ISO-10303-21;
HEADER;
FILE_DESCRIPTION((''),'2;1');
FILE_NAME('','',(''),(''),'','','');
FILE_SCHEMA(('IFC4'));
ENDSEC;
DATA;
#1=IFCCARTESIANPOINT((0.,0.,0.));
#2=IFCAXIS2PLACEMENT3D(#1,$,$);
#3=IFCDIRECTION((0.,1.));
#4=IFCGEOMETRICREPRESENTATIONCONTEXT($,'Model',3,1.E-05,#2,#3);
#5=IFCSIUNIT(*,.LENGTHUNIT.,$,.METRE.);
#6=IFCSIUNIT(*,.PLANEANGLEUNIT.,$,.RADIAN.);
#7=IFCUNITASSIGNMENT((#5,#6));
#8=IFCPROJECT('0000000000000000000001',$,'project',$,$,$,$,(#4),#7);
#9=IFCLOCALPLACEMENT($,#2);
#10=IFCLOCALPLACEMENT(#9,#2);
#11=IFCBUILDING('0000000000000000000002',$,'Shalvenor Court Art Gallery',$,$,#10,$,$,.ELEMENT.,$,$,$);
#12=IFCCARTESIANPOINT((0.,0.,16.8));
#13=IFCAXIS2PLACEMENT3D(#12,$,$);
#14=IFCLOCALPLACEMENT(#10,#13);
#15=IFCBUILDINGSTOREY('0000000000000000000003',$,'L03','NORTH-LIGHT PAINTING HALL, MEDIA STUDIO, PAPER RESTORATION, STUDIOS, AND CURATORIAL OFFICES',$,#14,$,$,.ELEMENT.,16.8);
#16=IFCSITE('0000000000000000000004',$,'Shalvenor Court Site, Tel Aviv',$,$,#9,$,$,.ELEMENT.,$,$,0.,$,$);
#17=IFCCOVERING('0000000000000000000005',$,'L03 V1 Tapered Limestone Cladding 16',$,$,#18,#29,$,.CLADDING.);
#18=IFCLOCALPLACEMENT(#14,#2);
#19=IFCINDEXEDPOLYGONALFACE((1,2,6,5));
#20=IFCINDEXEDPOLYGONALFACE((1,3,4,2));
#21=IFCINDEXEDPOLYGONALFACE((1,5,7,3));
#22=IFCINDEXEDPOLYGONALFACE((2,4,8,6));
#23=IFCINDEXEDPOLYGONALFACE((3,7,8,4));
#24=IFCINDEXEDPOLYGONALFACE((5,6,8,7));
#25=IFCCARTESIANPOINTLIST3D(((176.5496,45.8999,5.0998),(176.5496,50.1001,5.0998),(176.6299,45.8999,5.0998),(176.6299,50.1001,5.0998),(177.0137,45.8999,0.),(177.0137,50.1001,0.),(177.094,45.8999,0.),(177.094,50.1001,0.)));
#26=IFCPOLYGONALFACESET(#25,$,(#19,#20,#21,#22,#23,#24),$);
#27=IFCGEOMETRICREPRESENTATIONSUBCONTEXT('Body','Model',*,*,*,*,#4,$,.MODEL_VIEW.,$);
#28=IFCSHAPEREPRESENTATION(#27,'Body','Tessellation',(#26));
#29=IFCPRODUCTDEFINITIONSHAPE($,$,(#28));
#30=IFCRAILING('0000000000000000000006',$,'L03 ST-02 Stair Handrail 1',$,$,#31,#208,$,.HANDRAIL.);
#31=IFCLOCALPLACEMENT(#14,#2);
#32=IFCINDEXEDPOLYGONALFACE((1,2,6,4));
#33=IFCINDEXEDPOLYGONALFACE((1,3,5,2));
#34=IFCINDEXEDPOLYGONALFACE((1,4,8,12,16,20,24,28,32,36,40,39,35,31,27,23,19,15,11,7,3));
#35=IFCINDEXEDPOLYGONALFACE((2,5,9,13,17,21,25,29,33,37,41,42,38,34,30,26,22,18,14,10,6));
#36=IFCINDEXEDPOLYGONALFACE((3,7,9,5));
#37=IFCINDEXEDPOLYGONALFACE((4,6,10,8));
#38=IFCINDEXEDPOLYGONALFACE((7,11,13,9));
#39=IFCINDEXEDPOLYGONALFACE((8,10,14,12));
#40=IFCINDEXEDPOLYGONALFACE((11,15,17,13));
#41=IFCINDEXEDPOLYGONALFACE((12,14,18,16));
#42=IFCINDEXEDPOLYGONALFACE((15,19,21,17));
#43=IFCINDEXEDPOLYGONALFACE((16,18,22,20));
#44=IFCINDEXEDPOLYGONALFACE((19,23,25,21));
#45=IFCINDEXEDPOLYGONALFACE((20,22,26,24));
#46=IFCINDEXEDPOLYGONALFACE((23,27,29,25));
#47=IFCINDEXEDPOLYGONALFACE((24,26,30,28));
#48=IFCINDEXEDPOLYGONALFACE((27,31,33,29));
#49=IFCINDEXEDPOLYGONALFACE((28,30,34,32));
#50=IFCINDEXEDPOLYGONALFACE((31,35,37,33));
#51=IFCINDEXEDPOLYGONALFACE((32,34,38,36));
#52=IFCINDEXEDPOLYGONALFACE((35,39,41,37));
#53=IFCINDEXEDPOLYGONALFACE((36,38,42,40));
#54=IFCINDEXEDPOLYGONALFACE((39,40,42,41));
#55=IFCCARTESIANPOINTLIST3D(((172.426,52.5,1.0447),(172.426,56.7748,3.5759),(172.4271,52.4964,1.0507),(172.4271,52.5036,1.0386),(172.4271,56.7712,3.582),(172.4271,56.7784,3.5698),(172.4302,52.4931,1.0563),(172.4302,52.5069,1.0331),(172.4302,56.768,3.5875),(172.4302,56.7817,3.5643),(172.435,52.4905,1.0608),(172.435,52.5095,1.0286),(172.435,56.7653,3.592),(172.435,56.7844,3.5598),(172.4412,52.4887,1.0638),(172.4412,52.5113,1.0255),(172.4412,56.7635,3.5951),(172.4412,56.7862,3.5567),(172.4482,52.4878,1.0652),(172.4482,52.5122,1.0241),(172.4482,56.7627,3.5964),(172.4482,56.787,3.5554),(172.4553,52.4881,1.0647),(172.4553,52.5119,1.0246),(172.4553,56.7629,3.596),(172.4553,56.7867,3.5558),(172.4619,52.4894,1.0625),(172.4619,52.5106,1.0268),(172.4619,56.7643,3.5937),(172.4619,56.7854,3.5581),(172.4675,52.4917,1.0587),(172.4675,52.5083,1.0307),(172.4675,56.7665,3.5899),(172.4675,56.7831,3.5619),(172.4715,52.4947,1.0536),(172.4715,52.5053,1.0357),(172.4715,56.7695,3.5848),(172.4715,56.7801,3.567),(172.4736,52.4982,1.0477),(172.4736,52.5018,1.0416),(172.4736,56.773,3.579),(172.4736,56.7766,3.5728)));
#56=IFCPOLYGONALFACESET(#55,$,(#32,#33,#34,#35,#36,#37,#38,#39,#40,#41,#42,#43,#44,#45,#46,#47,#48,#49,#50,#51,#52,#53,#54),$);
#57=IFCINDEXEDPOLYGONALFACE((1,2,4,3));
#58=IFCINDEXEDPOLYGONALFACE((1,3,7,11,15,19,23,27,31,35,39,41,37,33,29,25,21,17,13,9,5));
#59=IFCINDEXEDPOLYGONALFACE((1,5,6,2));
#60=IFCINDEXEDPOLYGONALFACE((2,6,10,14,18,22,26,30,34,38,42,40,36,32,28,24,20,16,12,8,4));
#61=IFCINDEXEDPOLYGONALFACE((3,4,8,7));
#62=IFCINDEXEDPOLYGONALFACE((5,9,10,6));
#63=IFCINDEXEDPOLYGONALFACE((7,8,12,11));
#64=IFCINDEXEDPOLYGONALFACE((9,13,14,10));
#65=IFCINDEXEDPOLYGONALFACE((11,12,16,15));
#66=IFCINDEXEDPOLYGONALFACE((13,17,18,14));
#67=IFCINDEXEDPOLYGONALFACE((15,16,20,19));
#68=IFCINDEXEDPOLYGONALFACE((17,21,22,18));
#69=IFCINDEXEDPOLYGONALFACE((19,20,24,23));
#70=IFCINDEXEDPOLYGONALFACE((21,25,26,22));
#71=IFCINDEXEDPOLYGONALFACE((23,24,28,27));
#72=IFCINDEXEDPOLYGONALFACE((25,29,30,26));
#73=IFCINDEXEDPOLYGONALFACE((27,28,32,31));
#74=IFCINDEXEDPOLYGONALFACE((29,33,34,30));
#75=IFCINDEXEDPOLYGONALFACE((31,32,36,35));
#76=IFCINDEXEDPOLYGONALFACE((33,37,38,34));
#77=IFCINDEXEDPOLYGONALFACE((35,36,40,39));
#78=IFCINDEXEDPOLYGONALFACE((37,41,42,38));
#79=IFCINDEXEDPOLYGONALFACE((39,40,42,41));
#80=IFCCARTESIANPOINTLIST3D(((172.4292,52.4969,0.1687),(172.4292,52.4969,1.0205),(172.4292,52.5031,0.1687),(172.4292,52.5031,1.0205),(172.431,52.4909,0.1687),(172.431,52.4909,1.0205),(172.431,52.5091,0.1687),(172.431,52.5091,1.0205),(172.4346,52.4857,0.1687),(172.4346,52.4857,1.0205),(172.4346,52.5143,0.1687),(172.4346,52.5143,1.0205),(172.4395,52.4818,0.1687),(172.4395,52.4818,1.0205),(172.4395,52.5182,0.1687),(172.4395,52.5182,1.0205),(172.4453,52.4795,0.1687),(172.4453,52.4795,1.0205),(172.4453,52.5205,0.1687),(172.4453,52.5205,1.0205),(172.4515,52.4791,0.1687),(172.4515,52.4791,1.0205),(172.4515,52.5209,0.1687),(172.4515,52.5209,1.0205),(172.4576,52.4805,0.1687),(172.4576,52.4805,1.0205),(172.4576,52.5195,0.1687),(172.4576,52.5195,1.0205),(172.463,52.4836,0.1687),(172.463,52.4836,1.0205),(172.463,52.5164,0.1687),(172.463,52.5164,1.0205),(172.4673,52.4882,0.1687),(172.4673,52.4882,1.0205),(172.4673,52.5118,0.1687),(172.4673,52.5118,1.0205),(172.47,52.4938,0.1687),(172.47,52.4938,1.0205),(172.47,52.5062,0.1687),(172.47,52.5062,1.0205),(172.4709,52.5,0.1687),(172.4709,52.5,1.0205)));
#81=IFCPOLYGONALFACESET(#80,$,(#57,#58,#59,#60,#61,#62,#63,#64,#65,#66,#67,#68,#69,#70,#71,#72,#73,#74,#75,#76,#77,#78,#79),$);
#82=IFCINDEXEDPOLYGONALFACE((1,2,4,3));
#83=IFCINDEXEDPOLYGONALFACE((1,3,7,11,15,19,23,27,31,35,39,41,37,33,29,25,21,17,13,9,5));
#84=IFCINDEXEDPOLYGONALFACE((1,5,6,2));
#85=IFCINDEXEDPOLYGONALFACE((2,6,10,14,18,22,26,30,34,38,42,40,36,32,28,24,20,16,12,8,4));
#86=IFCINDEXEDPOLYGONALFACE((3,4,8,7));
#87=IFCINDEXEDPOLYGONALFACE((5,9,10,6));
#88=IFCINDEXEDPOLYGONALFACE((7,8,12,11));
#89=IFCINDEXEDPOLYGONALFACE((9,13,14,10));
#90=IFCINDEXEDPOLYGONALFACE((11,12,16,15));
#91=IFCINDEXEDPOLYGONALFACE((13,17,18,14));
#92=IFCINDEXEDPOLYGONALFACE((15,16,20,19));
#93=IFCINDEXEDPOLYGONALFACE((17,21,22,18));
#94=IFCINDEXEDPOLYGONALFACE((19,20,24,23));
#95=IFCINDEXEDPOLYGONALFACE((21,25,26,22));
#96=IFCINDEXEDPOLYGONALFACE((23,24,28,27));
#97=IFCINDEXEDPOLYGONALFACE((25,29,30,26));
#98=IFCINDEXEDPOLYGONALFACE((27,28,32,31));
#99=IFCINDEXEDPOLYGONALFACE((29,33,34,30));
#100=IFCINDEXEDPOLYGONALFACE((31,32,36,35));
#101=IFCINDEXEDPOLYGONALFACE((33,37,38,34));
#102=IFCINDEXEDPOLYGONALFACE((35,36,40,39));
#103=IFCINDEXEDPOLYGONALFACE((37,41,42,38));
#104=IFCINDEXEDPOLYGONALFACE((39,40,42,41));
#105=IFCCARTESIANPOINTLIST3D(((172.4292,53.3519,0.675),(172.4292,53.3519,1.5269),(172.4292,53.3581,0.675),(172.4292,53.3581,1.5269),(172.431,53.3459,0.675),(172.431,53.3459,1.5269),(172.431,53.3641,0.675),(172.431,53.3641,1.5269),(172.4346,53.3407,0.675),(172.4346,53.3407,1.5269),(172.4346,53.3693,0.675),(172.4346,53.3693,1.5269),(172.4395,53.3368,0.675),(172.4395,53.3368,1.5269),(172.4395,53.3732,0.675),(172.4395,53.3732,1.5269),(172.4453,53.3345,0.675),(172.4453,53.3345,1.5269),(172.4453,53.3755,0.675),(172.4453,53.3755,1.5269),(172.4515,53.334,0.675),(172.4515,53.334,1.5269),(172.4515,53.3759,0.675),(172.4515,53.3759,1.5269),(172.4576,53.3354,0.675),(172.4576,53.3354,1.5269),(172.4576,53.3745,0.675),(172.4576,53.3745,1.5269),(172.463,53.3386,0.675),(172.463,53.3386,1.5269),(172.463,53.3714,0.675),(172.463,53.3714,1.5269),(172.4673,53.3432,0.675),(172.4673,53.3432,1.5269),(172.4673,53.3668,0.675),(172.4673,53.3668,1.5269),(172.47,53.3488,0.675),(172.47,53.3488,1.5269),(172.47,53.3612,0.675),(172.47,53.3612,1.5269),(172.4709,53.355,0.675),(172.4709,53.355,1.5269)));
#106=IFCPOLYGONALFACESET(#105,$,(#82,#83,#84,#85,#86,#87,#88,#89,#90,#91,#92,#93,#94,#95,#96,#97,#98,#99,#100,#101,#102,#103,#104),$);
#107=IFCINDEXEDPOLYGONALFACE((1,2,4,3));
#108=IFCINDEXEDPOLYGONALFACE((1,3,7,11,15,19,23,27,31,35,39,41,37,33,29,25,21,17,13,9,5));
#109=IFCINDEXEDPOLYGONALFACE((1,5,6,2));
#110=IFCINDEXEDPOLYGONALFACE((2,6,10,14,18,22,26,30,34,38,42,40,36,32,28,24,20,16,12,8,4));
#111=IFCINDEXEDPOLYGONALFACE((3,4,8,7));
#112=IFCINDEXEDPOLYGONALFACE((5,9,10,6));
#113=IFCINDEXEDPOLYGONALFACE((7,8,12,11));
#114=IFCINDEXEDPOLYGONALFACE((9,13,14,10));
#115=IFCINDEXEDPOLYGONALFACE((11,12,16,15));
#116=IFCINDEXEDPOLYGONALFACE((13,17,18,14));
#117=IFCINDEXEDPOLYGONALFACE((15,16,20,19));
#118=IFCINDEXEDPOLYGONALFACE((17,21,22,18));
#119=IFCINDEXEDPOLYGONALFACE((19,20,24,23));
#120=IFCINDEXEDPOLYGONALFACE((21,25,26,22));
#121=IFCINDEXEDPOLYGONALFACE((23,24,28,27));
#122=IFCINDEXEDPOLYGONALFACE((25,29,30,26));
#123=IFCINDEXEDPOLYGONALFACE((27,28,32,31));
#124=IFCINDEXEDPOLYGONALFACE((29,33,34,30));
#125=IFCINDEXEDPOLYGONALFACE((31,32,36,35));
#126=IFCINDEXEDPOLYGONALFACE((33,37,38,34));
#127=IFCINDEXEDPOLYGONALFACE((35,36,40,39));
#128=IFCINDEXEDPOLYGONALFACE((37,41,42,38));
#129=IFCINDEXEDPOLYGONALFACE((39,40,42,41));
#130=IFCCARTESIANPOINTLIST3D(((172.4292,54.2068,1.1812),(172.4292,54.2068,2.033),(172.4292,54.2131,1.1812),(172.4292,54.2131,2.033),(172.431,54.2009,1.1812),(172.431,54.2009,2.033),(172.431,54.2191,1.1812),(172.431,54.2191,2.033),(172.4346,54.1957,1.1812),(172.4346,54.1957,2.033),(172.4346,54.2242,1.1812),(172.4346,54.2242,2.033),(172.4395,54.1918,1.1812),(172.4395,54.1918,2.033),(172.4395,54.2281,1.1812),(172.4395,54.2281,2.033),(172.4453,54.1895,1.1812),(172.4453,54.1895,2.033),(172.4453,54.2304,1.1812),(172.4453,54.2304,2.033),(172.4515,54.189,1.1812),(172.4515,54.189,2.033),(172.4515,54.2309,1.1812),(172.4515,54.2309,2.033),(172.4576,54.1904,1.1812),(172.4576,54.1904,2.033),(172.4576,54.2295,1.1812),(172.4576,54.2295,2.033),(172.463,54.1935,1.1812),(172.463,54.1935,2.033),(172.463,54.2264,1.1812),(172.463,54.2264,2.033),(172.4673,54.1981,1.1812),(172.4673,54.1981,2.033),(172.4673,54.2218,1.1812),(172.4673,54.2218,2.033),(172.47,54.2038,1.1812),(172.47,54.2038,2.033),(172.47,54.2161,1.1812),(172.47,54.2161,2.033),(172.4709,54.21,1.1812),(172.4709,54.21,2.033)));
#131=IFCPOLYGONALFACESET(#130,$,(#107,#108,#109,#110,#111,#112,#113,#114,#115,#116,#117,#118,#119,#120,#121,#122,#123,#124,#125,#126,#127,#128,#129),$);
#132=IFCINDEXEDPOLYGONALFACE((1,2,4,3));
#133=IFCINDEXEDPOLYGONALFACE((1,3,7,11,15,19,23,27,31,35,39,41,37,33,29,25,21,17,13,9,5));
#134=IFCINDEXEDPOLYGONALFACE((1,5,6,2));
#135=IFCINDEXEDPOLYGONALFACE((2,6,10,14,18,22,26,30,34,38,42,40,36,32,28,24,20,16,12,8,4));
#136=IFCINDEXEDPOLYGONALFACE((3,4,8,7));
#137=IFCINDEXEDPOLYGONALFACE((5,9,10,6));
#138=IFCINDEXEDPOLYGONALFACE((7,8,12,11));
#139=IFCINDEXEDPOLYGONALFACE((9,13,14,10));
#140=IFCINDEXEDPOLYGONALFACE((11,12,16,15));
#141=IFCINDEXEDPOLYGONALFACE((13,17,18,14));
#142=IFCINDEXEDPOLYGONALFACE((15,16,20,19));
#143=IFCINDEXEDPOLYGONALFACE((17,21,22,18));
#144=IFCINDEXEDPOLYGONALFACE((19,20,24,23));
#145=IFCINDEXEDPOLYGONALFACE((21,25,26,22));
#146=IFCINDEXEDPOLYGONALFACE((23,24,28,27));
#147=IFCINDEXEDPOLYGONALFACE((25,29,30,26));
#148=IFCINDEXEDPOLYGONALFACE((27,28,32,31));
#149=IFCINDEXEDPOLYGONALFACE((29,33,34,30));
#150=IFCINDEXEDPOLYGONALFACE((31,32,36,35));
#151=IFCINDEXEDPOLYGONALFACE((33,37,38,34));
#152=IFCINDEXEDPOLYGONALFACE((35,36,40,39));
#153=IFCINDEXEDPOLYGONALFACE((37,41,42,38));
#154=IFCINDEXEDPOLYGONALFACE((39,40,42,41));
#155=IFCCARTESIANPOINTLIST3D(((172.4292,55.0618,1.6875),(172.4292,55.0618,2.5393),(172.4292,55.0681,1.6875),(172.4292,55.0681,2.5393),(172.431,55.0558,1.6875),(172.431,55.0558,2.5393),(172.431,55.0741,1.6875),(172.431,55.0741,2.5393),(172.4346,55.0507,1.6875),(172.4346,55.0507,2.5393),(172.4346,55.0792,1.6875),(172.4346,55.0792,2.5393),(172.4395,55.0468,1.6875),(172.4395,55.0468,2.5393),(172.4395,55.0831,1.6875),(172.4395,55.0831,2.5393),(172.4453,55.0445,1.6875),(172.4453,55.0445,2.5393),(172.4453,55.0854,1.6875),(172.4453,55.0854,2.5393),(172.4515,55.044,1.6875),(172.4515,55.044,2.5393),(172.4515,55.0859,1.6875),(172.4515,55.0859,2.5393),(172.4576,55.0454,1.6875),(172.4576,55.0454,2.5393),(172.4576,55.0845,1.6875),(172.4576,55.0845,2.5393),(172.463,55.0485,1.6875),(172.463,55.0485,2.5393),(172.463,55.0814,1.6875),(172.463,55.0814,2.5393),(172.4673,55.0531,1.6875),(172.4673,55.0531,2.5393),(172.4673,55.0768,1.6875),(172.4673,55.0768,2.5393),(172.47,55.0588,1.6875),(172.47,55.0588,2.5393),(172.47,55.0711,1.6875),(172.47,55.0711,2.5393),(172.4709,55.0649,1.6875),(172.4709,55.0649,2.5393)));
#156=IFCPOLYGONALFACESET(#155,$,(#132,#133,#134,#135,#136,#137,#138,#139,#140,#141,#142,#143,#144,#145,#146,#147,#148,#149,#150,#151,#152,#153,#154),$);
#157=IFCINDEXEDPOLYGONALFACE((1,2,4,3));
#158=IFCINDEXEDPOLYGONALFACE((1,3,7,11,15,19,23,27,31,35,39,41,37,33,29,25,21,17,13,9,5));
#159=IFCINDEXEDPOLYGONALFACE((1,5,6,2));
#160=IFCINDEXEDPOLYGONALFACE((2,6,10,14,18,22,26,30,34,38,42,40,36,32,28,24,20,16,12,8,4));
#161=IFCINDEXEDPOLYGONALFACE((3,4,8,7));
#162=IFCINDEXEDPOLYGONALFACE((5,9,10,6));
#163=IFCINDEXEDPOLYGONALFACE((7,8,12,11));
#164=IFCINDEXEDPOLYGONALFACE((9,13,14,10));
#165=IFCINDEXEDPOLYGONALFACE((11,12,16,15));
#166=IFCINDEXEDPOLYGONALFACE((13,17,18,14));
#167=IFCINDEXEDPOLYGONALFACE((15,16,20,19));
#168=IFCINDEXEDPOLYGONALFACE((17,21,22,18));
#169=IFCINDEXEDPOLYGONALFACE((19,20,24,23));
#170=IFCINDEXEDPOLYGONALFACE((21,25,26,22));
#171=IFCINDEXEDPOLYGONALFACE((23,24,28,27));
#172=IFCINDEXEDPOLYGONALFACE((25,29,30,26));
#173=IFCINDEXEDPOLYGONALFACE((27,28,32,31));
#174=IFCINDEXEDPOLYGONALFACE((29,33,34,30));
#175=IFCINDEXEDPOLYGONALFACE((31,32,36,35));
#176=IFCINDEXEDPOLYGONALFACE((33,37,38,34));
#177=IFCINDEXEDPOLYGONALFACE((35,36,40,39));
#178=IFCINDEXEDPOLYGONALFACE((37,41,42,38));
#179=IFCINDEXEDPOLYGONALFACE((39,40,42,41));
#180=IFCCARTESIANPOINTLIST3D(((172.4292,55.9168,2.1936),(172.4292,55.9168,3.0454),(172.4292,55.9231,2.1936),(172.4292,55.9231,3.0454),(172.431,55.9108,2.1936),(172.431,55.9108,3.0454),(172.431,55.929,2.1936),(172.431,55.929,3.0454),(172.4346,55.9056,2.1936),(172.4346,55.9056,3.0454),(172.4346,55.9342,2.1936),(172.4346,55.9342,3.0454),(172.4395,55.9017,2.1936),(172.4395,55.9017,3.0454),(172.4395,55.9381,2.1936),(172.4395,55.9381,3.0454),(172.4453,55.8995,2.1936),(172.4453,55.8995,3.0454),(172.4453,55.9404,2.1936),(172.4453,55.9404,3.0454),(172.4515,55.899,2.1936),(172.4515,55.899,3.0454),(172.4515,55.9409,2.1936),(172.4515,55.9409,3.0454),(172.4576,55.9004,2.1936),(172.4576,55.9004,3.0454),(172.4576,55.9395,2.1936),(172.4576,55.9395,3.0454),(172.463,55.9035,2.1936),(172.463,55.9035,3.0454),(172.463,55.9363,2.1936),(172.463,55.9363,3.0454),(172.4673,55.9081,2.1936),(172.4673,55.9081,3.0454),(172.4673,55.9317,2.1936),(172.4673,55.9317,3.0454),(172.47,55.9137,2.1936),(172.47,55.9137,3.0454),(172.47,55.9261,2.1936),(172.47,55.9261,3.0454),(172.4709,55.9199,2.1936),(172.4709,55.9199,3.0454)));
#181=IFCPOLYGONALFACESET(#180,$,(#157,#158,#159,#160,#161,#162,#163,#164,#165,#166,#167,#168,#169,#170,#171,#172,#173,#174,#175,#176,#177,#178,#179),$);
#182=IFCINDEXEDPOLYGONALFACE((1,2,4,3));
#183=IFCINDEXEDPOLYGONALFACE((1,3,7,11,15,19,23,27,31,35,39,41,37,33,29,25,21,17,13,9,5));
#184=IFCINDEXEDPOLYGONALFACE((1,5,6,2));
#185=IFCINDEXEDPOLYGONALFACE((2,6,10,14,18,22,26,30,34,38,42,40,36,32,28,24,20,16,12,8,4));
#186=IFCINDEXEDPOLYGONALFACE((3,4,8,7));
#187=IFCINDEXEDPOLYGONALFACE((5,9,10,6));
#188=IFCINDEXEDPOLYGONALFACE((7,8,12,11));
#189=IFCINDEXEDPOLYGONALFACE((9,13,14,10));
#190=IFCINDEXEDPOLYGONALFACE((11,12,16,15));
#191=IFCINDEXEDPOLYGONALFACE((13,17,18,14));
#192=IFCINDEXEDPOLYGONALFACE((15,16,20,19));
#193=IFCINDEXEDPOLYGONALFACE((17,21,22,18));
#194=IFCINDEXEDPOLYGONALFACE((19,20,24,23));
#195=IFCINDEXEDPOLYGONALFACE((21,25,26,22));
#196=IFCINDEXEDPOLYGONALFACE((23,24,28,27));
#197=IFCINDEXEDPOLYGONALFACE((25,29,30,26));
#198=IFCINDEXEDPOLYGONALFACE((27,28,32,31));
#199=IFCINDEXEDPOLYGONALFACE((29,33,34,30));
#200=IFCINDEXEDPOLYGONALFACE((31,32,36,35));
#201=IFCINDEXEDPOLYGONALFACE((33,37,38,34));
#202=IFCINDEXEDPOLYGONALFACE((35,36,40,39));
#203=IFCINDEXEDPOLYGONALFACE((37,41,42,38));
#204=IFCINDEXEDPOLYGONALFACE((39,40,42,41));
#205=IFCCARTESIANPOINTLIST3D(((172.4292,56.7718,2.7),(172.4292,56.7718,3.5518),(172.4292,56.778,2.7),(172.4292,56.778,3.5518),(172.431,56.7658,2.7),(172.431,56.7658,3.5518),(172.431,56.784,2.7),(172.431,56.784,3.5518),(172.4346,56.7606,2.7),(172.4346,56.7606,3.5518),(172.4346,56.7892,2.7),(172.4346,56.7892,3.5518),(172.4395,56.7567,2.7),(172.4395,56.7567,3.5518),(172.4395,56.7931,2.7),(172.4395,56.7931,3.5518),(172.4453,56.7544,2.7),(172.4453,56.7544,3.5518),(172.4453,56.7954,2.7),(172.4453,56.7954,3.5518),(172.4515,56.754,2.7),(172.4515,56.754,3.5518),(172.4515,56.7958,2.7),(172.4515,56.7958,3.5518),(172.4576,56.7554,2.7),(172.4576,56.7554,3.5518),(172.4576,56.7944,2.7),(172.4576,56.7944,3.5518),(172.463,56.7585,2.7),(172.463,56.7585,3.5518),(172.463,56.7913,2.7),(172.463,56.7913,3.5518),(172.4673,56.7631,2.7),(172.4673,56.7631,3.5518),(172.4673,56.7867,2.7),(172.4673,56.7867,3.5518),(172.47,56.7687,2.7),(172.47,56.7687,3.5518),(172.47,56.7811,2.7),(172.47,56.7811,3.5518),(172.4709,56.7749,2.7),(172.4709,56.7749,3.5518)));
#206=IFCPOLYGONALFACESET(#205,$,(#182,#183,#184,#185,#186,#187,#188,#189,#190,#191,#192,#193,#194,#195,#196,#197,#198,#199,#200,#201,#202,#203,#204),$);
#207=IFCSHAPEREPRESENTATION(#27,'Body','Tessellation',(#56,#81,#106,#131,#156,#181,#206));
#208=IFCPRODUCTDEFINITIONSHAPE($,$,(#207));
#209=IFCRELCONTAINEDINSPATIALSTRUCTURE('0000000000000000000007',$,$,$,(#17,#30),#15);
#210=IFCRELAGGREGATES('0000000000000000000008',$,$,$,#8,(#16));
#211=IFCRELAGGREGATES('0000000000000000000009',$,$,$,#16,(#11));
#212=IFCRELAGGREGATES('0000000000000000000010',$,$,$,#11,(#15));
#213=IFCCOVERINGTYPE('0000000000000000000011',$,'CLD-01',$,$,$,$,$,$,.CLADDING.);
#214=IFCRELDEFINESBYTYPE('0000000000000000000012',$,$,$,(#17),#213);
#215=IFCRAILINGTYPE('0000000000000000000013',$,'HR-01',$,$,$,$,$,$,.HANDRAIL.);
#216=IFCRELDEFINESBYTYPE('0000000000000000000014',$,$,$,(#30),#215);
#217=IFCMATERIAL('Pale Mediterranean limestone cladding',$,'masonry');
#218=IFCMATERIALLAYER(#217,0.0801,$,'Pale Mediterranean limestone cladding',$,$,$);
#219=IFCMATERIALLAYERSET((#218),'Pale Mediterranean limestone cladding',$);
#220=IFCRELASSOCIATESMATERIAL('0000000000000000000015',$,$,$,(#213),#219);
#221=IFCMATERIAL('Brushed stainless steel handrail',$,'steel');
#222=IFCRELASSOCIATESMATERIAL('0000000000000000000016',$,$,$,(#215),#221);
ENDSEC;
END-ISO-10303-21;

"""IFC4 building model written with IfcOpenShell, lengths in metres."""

from ifc_helpers import new_model, si_unit, direction, frame, origin, origin_2d, place, context, subcontext, project, spatial, polyline, circle, outline, extrude, material, layer, layer_set, type_object, element, save


model = new_model("IFC4")

# Units and contexts
model_context = context("Model", 3, precision=1e-05, world=origin(), true_north=direction((0.0, 1.0)))
body_context = subcontext(model_context, "Body", "Model", "MODEL_VIEW")
ifc_project = project(units=[si_unit("LENGTHUNIT", "METRE"), si_unit("PLANEANGLEUNIT", "RADIAN")], contexts=[model_context])

# Site, building, storey
site_placement = place(None, origin())
site = spatial("IfcSite", under=ifc_project, at=site_placement, Name="Shalvenor Court Site, Tel Aviv", CompositionType="ELEMENT", RefElevation=0.0)
building_placement = place(site_placement, origin())
building = spatial("IfcBuilding", under=site, at=building_placement, Name="Shalvenor Court Art Gallery", CompositionType="ELEMENT")
storey_placement = place(building_placement, frame((0.0, 0.0, 16.8)))
storey = spatial("IfcBuildingStorey", under=building, at=storey_placement, Name="L03", Description="NORTH-LIGHT PAINTING HALL, MEDIA STUDIO, PAPER RESTORATION, STUDIOS, AND CURATORIAL OFFICES", CompositionType="ELEMENT", Elevation=16.8)

# Covering
ifc_material_1 = material(Name="Pale Mediterranean limestone cladding", Category="masonry")
ifc_layer_1 = layer(ifc_material_1, 0.0801, Name="Pale Mediterranean limestone cladding")
ifc_layer_set_1 = layer_set([ifc_layer_1], Name="Pale Mediterranean limestone cladding")
covering_type = type_object("IfcCoveringType", Name="CLD-01", PredefinedType="CLADDING", material=ifc_layer_set_1)
covering_placement = place(storey_placement, frame((177.094, 45.8999, 0.0), z_axis=(0.0, 0.0, 1.0), x_axis=(0.0, 1.0, 0.0)))
element("IfcCovering", 1, at=covering_placement, inside=storey, type_object=covering_type, Name="L03 V1 Tapered Limestone Cladding 16", PredefinedType="CLADDING", context=body_context, shape_type="SweptSolid", body=[
    extrude(outline(polyline([(0.0, 0.0), (4.2002, 0.0), (4.2002, 5.1208), (0.0, 5.1208), (0.0, 0.0)])), frame((0.0, 0.0, 0.0), z_axis=(0.0, -0.995884, 0.090633), x_axis=(1.0, 0.0, 0.0)), (0.0, 0.090633, -0.995884), 0.0803),
])

# Railing
ifc_material_2 = material(Name="Brushed stainless steel handrail", Category="steel")
railing_type = type_object("IfcRailingType", Name="HR-01", PredefinedType="HANDRAIL", material=ifc_material_2)
railing_placement = place(storey_placement, frame((172.45, 52.5, 0.1687)))
element("IfcRailing", 2, at=railing_placement, inside=storey, type_object=railing_type, Name="L03 ST-02 Stair Handrail 1", PredefinedType="HANDRAIL", context=body_context, shape_type="SweptSolid", body=[
    extrude(circle(Radius=0.0239, at=origin_2d()), frame((0.0, 0.0, 0.876), z_axis=(0.0, 0.86047, 0.509501), x_axis=(-1.0, 0.0, 0.0)), (0.0, 0.0, 1.0), 4.968),
    extrude(circle(Radius=0.021, at=origin_2d()), origin(), (0.0, 0.0, 1.0), 0.8518),
    extrude(circle(Radius=0.021, at=origin_2d()), frame((0.0, 0.855, 0.5063)), (0.0, 0.0, 1.0), 0.8518),
    extrude(circle(Radius=0.021, at=origin_2d()), frame((0.0, 1.71, 1.0125)), (0.0, 0.0, 1.0), 0.8518),
    extrude(circle(Radius=0.021, at=origin_2d()), frame((0.0, 2.5649, 1.5188)), (0.0, 0.0, 1.0), 0.8518),
    extrude(circle(Radius=0.021, at=origin_2d()), frame((0.0, 3.4199, 2.0249)), (0.0, 0.0, 1.0), 0.8518),
    extrude(circle(Radius=0.021, at=origin_2d()), frame((0.0, 4.2749, 2.5312)), (0.0, 0.0, 1.0), 0.8518),
])

save(model, "model.ifc")
